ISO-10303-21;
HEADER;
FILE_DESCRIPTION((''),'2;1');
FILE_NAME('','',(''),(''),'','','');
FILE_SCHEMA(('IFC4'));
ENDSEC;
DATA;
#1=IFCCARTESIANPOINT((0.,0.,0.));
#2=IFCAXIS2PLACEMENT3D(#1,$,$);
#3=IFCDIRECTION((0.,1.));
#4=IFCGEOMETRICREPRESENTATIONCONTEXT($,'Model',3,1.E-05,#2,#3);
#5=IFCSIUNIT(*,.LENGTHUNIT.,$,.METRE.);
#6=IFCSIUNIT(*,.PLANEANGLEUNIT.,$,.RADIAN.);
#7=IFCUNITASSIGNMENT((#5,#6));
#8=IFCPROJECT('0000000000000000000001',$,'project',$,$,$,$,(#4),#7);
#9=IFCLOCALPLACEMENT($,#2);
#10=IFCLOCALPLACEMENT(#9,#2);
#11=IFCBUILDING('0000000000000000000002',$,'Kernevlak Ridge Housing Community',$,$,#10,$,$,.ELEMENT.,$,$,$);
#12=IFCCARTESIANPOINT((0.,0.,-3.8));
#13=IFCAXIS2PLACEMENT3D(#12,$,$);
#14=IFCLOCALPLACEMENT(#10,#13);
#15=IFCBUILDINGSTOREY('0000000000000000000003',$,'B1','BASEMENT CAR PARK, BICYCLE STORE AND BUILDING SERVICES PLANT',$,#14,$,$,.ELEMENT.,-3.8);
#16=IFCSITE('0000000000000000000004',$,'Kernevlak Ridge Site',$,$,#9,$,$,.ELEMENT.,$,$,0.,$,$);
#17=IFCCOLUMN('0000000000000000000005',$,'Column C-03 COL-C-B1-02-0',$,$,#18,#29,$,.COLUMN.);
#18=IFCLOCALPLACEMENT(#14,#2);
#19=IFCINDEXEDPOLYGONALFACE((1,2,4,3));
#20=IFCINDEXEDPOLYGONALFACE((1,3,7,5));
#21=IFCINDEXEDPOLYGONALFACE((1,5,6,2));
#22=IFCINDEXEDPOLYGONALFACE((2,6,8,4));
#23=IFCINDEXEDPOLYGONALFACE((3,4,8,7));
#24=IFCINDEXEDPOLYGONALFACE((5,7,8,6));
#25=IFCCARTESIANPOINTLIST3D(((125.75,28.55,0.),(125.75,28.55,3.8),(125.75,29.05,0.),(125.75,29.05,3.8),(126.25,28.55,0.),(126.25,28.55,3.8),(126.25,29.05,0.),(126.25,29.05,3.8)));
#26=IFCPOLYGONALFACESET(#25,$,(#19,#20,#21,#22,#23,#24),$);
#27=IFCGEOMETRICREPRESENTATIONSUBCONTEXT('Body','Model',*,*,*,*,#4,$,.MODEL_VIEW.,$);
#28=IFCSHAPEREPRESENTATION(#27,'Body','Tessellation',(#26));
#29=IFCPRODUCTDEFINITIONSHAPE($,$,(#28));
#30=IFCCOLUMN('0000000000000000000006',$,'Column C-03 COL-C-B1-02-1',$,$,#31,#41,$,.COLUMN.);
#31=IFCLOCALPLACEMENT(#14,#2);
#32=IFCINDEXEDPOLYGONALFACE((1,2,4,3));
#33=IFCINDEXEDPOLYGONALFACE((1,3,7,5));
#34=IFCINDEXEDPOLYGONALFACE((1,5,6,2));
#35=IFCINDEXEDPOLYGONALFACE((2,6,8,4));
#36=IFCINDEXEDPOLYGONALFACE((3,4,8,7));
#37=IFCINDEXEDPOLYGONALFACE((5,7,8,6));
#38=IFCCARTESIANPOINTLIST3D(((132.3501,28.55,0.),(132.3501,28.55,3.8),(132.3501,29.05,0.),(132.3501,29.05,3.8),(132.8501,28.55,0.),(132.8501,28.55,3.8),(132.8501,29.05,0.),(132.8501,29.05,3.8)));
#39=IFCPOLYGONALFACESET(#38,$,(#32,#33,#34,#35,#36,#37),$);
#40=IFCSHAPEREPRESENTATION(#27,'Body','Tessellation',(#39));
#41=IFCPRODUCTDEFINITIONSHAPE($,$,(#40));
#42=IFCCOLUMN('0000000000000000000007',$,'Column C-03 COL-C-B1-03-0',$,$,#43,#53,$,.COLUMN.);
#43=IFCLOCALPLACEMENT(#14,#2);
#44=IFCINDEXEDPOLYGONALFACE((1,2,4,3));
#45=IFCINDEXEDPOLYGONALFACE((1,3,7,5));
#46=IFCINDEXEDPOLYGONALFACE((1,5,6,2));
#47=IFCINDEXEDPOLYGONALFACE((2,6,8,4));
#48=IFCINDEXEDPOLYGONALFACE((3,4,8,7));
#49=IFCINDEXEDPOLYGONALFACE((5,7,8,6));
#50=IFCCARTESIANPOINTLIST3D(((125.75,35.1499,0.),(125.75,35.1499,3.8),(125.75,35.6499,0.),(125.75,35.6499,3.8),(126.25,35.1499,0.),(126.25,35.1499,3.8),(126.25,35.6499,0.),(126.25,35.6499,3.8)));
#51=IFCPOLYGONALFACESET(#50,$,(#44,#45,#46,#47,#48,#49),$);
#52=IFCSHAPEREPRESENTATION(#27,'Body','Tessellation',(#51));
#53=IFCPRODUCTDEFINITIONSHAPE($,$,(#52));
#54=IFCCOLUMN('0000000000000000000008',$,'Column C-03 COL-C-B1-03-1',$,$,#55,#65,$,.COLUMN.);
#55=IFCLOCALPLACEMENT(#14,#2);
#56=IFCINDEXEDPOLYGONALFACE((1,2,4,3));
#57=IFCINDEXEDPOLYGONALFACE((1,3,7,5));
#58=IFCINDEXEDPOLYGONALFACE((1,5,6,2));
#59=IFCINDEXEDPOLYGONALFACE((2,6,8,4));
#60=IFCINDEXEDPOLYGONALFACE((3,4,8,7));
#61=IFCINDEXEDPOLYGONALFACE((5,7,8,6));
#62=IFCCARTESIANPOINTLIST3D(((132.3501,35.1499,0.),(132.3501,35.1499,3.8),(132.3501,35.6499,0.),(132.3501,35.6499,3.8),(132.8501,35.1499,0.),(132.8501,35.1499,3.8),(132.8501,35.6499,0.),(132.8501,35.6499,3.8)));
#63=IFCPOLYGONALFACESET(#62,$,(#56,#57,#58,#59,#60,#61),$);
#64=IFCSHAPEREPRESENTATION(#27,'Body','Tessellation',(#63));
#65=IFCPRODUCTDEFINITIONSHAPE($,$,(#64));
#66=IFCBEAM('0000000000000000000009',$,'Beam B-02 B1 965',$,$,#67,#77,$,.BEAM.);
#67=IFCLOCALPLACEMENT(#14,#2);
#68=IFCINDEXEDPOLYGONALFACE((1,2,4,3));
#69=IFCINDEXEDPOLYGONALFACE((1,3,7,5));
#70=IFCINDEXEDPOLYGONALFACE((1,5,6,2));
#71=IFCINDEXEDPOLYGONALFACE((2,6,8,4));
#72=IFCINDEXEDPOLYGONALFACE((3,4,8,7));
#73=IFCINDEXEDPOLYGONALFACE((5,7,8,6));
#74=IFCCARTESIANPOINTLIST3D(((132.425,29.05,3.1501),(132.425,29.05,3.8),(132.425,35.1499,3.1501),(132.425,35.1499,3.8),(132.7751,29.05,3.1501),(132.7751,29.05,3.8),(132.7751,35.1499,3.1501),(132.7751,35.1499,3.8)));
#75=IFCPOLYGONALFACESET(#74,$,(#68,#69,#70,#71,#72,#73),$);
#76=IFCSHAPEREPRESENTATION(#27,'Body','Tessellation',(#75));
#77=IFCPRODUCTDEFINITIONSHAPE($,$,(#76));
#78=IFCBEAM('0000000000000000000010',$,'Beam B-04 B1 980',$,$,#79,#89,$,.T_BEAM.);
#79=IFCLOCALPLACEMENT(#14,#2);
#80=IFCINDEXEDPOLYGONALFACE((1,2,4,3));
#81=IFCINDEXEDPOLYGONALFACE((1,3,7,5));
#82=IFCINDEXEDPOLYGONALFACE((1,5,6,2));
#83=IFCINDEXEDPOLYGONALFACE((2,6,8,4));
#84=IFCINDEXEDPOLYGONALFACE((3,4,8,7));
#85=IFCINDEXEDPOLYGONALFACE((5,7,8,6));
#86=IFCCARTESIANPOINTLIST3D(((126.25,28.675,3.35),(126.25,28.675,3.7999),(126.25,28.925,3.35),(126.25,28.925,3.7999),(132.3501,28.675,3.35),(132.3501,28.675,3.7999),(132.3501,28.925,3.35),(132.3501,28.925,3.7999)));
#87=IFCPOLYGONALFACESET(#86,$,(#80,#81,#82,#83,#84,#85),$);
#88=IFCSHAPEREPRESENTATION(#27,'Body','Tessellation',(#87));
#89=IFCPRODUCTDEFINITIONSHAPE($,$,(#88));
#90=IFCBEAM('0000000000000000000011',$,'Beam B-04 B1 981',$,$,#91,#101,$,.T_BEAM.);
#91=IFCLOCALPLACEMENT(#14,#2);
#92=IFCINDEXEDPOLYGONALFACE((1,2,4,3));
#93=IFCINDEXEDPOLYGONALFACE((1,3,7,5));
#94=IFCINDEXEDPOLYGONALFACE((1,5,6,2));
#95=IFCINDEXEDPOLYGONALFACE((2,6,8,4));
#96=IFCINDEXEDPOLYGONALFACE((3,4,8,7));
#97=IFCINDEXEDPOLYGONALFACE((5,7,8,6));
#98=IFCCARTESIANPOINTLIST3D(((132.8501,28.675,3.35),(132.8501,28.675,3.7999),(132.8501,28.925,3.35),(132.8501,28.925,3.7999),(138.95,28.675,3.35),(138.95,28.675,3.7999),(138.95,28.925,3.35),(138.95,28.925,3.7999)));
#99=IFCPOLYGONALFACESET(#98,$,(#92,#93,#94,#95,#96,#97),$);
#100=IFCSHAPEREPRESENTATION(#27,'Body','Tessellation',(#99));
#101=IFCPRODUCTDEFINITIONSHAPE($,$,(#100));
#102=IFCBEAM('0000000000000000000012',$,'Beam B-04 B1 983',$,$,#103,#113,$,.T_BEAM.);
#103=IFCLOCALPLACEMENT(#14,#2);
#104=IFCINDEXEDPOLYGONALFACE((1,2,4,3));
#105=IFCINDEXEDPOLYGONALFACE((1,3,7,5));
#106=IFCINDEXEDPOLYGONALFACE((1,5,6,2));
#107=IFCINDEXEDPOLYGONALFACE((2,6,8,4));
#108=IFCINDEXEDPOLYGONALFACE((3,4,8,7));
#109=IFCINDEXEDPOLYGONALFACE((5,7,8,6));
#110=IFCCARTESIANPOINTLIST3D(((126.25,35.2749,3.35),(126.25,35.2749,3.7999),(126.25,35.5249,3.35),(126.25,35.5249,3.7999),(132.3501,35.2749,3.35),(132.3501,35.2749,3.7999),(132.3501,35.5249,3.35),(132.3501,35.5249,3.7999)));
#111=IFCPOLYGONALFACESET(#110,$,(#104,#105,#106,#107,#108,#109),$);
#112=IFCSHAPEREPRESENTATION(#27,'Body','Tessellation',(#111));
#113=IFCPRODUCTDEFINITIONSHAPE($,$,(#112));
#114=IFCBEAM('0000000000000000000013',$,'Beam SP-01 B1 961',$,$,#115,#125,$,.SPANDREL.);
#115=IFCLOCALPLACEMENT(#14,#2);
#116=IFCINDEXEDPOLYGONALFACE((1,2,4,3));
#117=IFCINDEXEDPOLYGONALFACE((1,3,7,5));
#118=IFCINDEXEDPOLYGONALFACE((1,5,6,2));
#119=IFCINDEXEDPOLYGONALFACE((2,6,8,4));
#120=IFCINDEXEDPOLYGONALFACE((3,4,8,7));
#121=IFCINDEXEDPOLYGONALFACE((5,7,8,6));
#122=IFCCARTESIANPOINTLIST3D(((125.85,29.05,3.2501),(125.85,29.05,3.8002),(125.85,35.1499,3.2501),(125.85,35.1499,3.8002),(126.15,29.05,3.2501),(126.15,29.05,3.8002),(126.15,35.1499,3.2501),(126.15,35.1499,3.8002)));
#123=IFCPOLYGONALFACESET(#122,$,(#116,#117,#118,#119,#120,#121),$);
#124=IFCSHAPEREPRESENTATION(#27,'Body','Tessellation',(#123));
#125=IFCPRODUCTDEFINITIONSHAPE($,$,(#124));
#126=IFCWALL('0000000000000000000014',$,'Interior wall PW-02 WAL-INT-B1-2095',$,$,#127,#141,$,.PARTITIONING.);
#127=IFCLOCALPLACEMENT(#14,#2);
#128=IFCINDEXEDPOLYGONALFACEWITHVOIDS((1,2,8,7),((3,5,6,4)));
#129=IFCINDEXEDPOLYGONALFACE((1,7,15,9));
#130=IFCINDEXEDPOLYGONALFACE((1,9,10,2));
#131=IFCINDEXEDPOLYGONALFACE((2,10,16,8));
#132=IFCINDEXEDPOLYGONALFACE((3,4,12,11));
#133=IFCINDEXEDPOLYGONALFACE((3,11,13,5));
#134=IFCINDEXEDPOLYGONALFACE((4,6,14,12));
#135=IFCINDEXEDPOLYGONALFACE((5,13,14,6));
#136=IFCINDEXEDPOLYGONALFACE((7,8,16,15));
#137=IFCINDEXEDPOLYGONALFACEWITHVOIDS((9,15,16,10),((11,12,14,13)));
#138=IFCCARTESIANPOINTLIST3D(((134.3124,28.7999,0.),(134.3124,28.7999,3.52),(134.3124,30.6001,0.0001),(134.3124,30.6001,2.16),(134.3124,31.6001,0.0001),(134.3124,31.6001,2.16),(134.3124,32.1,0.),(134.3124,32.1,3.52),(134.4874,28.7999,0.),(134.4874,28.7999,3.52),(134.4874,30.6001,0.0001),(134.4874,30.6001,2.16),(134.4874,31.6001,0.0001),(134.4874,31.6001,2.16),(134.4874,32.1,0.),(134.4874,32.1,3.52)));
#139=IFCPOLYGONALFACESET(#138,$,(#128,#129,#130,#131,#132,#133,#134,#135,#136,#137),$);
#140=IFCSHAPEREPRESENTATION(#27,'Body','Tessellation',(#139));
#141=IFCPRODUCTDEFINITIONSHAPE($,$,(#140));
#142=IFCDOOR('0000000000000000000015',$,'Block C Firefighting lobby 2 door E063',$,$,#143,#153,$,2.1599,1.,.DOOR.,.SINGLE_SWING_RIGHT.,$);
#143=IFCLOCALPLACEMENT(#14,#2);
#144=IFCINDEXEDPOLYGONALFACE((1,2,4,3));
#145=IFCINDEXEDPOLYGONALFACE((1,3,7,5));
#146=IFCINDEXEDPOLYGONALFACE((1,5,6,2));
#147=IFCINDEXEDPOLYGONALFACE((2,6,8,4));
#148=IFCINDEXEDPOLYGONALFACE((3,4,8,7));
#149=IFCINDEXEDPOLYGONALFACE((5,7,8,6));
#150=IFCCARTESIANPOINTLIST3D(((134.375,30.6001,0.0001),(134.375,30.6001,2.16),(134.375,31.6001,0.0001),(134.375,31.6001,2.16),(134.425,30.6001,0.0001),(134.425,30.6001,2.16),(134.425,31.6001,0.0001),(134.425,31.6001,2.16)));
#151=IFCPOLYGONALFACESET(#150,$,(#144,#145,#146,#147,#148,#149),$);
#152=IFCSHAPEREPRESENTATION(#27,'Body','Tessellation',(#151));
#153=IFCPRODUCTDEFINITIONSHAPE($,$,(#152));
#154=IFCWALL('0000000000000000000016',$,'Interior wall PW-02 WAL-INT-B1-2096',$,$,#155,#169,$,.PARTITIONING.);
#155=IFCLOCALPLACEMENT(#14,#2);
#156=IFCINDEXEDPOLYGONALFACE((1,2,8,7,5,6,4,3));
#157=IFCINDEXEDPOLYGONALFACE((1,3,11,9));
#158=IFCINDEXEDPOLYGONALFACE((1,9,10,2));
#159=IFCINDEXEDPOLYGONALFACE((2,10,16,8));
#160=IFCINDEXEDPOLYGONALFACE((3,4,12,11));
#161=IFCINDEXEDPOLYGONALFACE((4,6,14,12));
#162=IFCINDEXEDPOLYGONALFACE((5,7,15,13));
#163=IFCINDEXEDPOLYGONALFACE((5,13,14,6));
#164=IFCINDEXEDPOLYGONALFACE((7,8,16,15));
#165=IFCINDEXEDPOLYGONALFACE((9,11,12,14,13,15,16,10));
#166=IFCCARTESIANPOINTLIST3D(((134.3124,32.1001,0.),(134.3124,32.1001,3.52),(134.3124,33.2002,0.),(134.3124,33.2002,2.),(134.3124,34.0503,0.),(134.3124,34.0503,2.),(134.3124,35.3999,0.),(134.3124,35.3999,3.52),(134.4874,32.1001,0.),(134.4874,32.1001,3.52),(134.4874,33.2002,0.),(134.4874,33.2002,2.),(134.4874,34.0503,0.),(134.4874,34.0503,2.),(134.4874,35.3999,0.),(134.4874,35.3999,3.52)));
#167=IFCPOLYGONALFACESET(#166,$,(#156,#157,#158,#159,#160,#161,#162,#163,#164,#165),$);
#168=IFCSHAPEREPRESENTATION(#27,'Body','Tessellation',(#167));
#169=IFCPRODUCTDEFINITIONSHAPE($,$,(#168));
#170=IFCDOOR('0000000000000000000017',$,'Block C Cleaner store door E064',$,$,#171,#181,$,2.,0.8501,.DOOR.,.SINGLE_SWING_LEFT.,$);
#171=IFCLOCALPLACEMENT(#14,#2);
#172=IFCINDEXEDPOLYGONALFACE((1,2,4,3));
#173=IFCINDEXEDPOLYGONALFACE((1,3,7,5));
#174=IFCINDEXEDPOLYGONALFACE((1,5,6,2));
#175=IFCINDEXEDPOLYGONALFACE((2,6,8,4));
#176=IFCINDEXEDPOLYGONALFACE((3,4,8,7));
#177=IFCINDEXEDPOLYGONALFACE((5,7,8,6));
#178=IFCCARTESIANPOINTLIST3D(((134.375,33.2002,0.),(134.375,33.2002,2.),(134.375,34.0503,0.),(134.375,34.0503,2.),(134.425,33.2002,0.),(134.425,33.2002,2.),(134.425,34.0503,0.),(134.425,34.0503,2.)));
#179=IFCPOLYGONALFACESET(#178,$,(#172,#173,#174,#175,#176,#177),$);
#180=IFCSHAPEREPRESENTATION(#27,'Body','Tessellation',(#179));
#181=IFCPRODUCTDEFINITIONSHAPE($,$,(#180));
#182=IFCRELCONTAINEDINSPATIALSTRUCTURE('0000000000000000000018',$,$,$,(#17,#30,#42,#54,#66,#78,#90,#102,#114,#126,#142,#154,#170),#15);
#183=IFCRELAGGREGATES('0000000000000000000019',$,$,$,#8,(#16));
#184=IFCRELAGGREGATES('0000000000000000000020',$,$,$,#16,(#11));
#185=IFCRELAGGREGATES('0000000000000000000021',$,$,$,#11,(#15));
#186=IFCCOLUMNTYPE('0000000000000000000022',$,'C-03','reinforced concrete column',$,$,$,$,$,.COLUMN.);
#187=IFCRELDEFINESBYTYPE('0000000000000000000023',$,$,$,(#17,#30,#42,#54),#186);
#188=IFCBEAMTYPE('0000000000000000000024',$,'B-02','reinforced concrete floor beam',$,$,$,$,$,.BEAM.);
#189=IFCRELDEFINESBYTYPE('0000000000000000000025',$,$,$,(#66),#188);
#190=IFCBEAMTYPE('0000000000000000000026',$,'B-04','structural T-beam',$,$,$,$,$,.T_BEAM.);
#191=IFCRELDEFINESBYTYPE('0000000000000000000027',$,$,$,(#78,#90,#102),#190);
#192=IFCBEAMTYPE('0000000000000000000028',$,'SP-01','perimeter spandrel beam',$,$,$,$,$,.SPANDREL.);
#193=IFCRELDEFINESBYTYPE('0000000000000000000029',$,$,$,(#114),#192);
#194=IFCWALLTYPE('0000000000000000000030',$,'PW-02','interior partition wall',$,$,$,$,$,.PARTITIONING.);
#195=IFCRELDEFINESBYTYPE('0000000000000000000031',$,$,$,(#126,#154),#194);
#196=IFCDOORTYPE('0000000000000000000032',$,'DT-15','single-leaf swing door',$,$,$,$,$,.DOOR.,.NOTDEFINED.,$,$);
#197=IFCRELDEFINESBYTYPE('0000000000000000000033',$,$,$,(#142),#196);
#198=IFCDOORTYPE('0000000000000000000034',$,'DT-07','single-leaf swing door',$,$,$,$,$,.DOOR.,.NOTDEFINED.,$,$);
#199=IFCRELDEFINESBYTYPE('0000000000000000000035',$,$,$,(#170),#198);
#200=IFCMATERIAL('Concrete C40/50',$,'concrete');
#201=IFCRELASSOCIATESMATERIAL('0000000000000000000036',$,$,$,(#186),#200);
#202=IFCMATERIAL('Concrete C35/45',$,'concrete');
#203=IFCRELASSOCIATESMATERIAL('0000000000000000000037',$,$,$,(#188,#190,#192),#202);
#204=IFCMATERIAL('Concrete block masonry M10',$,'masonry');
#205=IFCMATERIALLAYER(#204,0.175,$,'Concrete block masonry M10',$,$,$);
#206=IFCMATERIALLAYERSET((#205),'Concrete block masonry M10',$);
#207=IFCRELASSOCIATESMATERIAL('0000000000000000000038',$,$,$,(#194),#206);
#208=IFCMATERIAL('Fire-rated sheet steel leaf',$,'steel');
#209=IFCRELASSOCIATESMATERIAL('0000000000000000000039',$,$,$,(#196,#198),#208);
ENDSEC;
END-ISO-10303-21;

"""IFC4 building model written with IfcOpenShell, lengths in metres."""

from ifc_helpers import new_model, si_unit, direction, frame, frame_2d, origin, origin_2d, place, context, subcontext, project, spatial, rectangle, extrude, material, layer, layer_set, material_profile, profile_set, type_object, element, fill, save


model = new_model("IFC4")

# Units and contexts
model_context = context("Model", 3, precision=1e-05, world=origin(), true_north=direction((0.0, 1.0)))
body_context = subcontext(model_context, "Body", "Model", "MODEL_VIEW")
ifc_project = project(units=[si_unit("LENGTHUNIT", "METRE"), si_unit("PLANEANGLEUNIT", "RADIAN")], contexts=[model_context])

# Site, building, storey
site_placement = place(None, origin())
site = spatial("IfcSite", under=ifc_project, at=site_placement, Name="Kernevlak Ridge Site", CompositionType="ELEMENT", RefElevation=0.0)
building_placement = place(site_placement, origin())
building = spatial("IfcBuilding", under=site, at=building_placement, Name="Kernevlak Ridge Housing Community", CompositionType="ELEMENT")
storey_placement = place(building_placement, frame((0.0, 0.0, -3.8)))
storey = spatial("IfcBuildingStorey", under=building, at=storey_placement, Name="B1", Description="BASEMENT CAR PARK, BICYCLE STORE AND BUILDING SERVICES PLANT", CompositionType="ELEMENT", Elevation=-3.8)

# Shared definitions
ifc_material_1 = material(Name="Concrete C35/45", Category="concrete")

# Columns
ifc_material_2 = material(Name="Concrete C40/50", Category="concrete")
ifc_material_profile_1 = material_profile(ifc_material_2, rectangle(XDim=0.5, YDim=0.5, at=origin_2d()), Name="RC 500x500")
ifc_profile_set_1 = profile_set([ifc_material_profile_1], Name="Concrete C40/50")
column_type = type_object("IfcColumnType", Name="C-03", Description="reinforced concrete column", PredefinedType="COLUMN", material=ifc_profile_set_1)
for number, where, z_axis, x_axis, name in (
    (1, (126.0, 28.8, 0.0), (0.0, 0.0, 1.0), (1.0, 0.0, 0.0), "Column C-03 COL-C-B1-02-0"),
    (2, (132.6001, 28.8, 0.0), (0.0, 0.0, 1.0), (1.0, 0.0, 0.0), "Column C-03 COL-C-B1-02-1"),
    (3, (126.0, 35.3999, 0.0), (0.0, 0.0, 1.0), (1.0, 0.0, 0.0), "Column C-03 COL-C-B1-03-0"),
    (4, (132.6001, 35.3999, 0.0), (0.0, 0.0, 1.0), (1.0, 0.0, 0.0), "Column C-03 COL-C-B1-03-1"),
):
    element("IfcColumn", number, at=place(storey_placement, frame(where, z_axis=z_axis, x_axis=x_axis)), inside=storey, type_object=column_type, Name=name, PredefinedType="COLUMN", context=body_context, shape_type="SweptSolid", body=[
        extrude(rectangle(XDim=0.5, YDim=0.5, at=origin_2d()), origin(), (0.0, 0.0, 1.0), 3.8),
    ])

# Beams
ifc_material_profile_2 = material_profile(ifc_material_1, rectangle(XDim=0.3501, YDim=0.6499, at=origin_2d()), Name="RC 350x650")
ifc_profile_set_2 = profile_set([ifc_material_profile_2], Name="Concrete C35/45")
beam_type_1 = type_object("IfcBeamType", Name="B-02", Description="reinforced concrete floor beam", PredefinedType="BEAM", material=ifc_profile_set_2)
beam_1_placement = place(storey_placement, frame((132.6001, 29.05, 3.4751), z_axis=(0.0, 1.0, 0.0), x_axis=(-1.0, 0.0, 0.0)))
element("IfcBeam", 5, at=beam_1_placement, inside=storey, type_object=beam_type_1, Name="Beam B-02 B1 965", PredefinedType="BEAM", context=body_context, shape_type="SweptSolid", body=[
    extrude(rectangle(XDim=0.3501, YDim=0.6499, at=origin_2d()), origin(), (0.0, 0.0, 1.0), 6.0999),
])
ifc_material_profile_3 = material_profile(ifc_material_1, rectangle(XDim=0.25, YDim=0.45, at=origin_2d()), Name="RC 250x450")
ifc_profile_set_3 = profile_set([ifc_material_profile_3], Name="Concrete C35/45")
beam_type_2 = type_object("IfcBeamType", Name="B-04", Description="structural T-beam", PredefinedType="T_BEAM", material=ifc_profile_set_3)
beam_2_placement = place(storey_placement, frame((126.25, 28.8, 3.575), z_axis=(1.0, 0.0, 0.0), x_axis=(0.0, 1.0, 0.0)))
element("IfcBeam", 6, at=beam_2_placement, inside=storey, type_object=beam_type_2, Name="Beam B-04 B1 980", PredefinedType="T_BEAM", context=body_context, shape_type="SweptSolid", body=[
    extrude(rectangle(XDim=0.25, YDim=0.45, at=origin_2d()), origin(), (0.0, 0.0, 1.0), 6.1001),
])
beam_3_placement = place(storey_placement, frame((132.8501, 28.8, 3.575), z_axis=(1.0, 0.0, 0.0), x_axis=(0.0, 1.0, 0.0)))
element("IfcBeam", 7, at=beam_3_placement, inside=storey, type_object=beam_type_2, Name="Beam B-04 B1 981", PredefinedType="T_BEAM", context=body_context, shape_type="SweptSolid", body=[
    extrude(rectangle(XDim=0.25, YDim=0.45, at=origin_2d()), origin(), (0.0, 0.0, 1.0), 6.0999),
])
beam_4_placement = place(storey_placement, frame((126.25, 35.3999, 3.575), z_axis=(1.0, 0.0, 0.0), x_axis=(0.0, 1.0, 0.0)))
element("IfcBeam", 8, at=beam_4_placement, inside=storey, type_object=beam_type_2, Name="Beam B-04 B1 983", PredefinedType="T_BEAM", context=body_context, shape_type="SweptSolid", body=[
    extrude(rectangle(XDim=0.25, YDim=0.45, at=origin_2d()), origin(), (0.0, 0.0, 1.0), 6.1001),
])
ifc_material_profile_4 = material_profile(ifc_material_1, rectangle(XDim=0.3, YDim=0.55, at=origin_2d()), Name="RC 300x550")
ifc_profile_set_4 = profile_set([ifc_material_profile_4], Name="Concrete C35/45")
beam_type_3 = type_object("IfcBeamType", Name="SP-01", Description="perimeter spandrel beam", PredefinedType="SPANDREL", material=ifc_profile_set_4)
beam_5_placement = place(storey_placement, frame((126.0, 29.05, 3.5251), z_axis=(0.0, 1.0, 0.0), x_axis=(-1.0, 0.0, 0.0)))
element("IfcBeam", 9, at=beam_5_placement, inside=storey, type_object=beam_type_3, Name="Beam SP-01 B1 961", PredefinedType="SPANDREL", context=body_context, shape_type="SweptSolid", body=[
    extrude(rectangle(XDim=0.3, YDim=0.55, at=origin_2d()), origin(), (0.0, 0.0, 1.0), 6.0999),
])

# Walls, openings, doors
ifc_material_3 = material(Name="Concrete block masonry M10", Category="masonry")
ifc_layer_1 = layer(ifc_material_3, 0.175, Name="Concrete block masonry M10")
ifc_layer_set_1 = layer_set([ifc_layer_1], Name="Concrete block masonry M10")
wall_type_1 = type_object("IfcWallType", Name="PW-02", Description="interior partition wall", PredefinedType="PARTITIONING", material=ifc_layer_set_1)
wall_1_placement = place(storey_placement, frame((134.3999, 28.8, 0.0), z_axis=(0.0, 0.0, 1.0), x_axis=(0.0, 1.0, 0.0)))
wall_1 = element("IfcWall", 10, at=wall_1_placement, inside=storey, type_object=wall_type_1, Name="Interior wall PW-02 WAL-INT-B1-2095", PredefinedType="PARTITIONING", context=body_context, shape_type="SweptSolid", body=[
    extrude(rectangle(XDim=3.3, YDim=0.175, at=frame_2d((1.6499, 0.0))), origin(), (0.0, 0.0, 1.0), 3.52),
])
opening_1_placement = place(wall_1_placement, frame((1.8, 0.0, 0.0)))
opening_1 = element("IfcOpeningElement", 11, at=opening_1_placement, cuts=wall_1, PredefinedType="OPENING", context=body_context, shape_type="SweptSolid", body=[
    extrude(rectangle(XDim=1.0, YDim=2.1599, at=frame_2d((0.5, 1.0801))), frame((0.0, 0.0974, 0.0), z_axis=(0.0, -1.0, 0.0), x_axis=(1.0, 0.0, 0.0)), (0.0, 0.0, 1.0), 0.1951),
])
ifc_material_4 = material(Name="Fire-rated sheet steel leaf", Category="steel")
door_type_1 = type_object("IfcDoorType", Name="DT-15", Description="single-leaf swing door", OperationType="NOTDEFINED", PredefinedType="DOOR", material=ifc_material_4)
door_1_placement = place(opening_1_placement, origin())
door_1 = element("IfcDoor", 12, at=door_1_placement, inside=storey, type_object=door_type_1, Name="Block C Firefighting lobby 2 door E063", OperationType="SINGLE_SWING_RIGHT", OverallHeight=2.1599, OverallWidth=1.0, PredefinedType="DOOR", context=body_context, shape_type="SweptSolid", body=[
    extrude(rectangle(XDim=1.0, YDim=2.1599, at=frame_2d((0.5, 1.0801))), frame((0.0, 0.0249, 0.0), z_axis=(0.0, -1.0, 0.0), x_axis=(1.0, 0.0, 0.0)), (0.0, 0.0, 1.0), 0.05),
])
fill(opening_1, door_1)
wall_2_placement = place(storey_placement, frame((134.3999, 32.1001, 0.0), z_axis=(0.0, 0.0, 1.0), x_axis=(0.0, 1.0, 0.0)))
wall_2 = element("IfcWall", 13, at=wall_2_placement, inside=storey, type_object=wall_type_1, Name="Interior wall PW-02 WAL-INT-B1-2096", PredefinedType="PARTITIONING", context=body_context, shape_type="SweptSolid", body=[
    extrude(rectangle(XDim=3.2998, YDim=0.175, at=frame_2d((1.6499, 0.0))), origin(), (0.0, 0.0, 1.0), 3.52),
])
opening_2_placement = place(wall_2_placement, frame((1.1001, 0.0, 0.0)))
opening_2 = element("IfcOpeningElement", 14, at=opening_2_placement, cuts=wall_2, PredefinedType="OPENING", context=body_context, shape_type="SweptSolid", body=[
    extrude(rectangle(XDim=0.8501, YDim=2.0, at=frame_2d((0.425, 1.0))), frame((0.0, 0.0974, 0.0), z_axis=(0.0, -1.0, 0.0), x_axis=(1.0, 0.0, 0.0)), (0.0, 0.0, 1.0), 0.1951),
])
door_type_2 = type_object("IfcDoorType", Name="DT-07", Description="single-leaf swing door", OperationType="NOTDEFINED", PredefinedType="DOOR", material=ifc_material_4)
door_2_placement = place(opening_2_placement, origin())
door_2 = element("IfcDoor", 15, at=door_2_placement, inside=storey, type_object=door_type_2, Name="Block C Cleaner store door E064", OperationType="SINGLE_SWING_LEFT", OverallHeight=2.0, OverallWidth=0.8501, PredefinedType="DOOR", context=body_context, shape_type="SweptSolid", body=[
    extrude(rectangle(XDim=0.8501, YDim=2.0, at=frame_2d((0.425, 1.0))), frame((0.0, 0.0249, 0.0), z_axis=(0.0, -1.0, 0.0), x_axis=(1.0, 0.0, 0.0)), (0.0, 0.0, 1.0), 0.05),
])
fill(opening_2, door_2)

save(model, "model.ifc")
